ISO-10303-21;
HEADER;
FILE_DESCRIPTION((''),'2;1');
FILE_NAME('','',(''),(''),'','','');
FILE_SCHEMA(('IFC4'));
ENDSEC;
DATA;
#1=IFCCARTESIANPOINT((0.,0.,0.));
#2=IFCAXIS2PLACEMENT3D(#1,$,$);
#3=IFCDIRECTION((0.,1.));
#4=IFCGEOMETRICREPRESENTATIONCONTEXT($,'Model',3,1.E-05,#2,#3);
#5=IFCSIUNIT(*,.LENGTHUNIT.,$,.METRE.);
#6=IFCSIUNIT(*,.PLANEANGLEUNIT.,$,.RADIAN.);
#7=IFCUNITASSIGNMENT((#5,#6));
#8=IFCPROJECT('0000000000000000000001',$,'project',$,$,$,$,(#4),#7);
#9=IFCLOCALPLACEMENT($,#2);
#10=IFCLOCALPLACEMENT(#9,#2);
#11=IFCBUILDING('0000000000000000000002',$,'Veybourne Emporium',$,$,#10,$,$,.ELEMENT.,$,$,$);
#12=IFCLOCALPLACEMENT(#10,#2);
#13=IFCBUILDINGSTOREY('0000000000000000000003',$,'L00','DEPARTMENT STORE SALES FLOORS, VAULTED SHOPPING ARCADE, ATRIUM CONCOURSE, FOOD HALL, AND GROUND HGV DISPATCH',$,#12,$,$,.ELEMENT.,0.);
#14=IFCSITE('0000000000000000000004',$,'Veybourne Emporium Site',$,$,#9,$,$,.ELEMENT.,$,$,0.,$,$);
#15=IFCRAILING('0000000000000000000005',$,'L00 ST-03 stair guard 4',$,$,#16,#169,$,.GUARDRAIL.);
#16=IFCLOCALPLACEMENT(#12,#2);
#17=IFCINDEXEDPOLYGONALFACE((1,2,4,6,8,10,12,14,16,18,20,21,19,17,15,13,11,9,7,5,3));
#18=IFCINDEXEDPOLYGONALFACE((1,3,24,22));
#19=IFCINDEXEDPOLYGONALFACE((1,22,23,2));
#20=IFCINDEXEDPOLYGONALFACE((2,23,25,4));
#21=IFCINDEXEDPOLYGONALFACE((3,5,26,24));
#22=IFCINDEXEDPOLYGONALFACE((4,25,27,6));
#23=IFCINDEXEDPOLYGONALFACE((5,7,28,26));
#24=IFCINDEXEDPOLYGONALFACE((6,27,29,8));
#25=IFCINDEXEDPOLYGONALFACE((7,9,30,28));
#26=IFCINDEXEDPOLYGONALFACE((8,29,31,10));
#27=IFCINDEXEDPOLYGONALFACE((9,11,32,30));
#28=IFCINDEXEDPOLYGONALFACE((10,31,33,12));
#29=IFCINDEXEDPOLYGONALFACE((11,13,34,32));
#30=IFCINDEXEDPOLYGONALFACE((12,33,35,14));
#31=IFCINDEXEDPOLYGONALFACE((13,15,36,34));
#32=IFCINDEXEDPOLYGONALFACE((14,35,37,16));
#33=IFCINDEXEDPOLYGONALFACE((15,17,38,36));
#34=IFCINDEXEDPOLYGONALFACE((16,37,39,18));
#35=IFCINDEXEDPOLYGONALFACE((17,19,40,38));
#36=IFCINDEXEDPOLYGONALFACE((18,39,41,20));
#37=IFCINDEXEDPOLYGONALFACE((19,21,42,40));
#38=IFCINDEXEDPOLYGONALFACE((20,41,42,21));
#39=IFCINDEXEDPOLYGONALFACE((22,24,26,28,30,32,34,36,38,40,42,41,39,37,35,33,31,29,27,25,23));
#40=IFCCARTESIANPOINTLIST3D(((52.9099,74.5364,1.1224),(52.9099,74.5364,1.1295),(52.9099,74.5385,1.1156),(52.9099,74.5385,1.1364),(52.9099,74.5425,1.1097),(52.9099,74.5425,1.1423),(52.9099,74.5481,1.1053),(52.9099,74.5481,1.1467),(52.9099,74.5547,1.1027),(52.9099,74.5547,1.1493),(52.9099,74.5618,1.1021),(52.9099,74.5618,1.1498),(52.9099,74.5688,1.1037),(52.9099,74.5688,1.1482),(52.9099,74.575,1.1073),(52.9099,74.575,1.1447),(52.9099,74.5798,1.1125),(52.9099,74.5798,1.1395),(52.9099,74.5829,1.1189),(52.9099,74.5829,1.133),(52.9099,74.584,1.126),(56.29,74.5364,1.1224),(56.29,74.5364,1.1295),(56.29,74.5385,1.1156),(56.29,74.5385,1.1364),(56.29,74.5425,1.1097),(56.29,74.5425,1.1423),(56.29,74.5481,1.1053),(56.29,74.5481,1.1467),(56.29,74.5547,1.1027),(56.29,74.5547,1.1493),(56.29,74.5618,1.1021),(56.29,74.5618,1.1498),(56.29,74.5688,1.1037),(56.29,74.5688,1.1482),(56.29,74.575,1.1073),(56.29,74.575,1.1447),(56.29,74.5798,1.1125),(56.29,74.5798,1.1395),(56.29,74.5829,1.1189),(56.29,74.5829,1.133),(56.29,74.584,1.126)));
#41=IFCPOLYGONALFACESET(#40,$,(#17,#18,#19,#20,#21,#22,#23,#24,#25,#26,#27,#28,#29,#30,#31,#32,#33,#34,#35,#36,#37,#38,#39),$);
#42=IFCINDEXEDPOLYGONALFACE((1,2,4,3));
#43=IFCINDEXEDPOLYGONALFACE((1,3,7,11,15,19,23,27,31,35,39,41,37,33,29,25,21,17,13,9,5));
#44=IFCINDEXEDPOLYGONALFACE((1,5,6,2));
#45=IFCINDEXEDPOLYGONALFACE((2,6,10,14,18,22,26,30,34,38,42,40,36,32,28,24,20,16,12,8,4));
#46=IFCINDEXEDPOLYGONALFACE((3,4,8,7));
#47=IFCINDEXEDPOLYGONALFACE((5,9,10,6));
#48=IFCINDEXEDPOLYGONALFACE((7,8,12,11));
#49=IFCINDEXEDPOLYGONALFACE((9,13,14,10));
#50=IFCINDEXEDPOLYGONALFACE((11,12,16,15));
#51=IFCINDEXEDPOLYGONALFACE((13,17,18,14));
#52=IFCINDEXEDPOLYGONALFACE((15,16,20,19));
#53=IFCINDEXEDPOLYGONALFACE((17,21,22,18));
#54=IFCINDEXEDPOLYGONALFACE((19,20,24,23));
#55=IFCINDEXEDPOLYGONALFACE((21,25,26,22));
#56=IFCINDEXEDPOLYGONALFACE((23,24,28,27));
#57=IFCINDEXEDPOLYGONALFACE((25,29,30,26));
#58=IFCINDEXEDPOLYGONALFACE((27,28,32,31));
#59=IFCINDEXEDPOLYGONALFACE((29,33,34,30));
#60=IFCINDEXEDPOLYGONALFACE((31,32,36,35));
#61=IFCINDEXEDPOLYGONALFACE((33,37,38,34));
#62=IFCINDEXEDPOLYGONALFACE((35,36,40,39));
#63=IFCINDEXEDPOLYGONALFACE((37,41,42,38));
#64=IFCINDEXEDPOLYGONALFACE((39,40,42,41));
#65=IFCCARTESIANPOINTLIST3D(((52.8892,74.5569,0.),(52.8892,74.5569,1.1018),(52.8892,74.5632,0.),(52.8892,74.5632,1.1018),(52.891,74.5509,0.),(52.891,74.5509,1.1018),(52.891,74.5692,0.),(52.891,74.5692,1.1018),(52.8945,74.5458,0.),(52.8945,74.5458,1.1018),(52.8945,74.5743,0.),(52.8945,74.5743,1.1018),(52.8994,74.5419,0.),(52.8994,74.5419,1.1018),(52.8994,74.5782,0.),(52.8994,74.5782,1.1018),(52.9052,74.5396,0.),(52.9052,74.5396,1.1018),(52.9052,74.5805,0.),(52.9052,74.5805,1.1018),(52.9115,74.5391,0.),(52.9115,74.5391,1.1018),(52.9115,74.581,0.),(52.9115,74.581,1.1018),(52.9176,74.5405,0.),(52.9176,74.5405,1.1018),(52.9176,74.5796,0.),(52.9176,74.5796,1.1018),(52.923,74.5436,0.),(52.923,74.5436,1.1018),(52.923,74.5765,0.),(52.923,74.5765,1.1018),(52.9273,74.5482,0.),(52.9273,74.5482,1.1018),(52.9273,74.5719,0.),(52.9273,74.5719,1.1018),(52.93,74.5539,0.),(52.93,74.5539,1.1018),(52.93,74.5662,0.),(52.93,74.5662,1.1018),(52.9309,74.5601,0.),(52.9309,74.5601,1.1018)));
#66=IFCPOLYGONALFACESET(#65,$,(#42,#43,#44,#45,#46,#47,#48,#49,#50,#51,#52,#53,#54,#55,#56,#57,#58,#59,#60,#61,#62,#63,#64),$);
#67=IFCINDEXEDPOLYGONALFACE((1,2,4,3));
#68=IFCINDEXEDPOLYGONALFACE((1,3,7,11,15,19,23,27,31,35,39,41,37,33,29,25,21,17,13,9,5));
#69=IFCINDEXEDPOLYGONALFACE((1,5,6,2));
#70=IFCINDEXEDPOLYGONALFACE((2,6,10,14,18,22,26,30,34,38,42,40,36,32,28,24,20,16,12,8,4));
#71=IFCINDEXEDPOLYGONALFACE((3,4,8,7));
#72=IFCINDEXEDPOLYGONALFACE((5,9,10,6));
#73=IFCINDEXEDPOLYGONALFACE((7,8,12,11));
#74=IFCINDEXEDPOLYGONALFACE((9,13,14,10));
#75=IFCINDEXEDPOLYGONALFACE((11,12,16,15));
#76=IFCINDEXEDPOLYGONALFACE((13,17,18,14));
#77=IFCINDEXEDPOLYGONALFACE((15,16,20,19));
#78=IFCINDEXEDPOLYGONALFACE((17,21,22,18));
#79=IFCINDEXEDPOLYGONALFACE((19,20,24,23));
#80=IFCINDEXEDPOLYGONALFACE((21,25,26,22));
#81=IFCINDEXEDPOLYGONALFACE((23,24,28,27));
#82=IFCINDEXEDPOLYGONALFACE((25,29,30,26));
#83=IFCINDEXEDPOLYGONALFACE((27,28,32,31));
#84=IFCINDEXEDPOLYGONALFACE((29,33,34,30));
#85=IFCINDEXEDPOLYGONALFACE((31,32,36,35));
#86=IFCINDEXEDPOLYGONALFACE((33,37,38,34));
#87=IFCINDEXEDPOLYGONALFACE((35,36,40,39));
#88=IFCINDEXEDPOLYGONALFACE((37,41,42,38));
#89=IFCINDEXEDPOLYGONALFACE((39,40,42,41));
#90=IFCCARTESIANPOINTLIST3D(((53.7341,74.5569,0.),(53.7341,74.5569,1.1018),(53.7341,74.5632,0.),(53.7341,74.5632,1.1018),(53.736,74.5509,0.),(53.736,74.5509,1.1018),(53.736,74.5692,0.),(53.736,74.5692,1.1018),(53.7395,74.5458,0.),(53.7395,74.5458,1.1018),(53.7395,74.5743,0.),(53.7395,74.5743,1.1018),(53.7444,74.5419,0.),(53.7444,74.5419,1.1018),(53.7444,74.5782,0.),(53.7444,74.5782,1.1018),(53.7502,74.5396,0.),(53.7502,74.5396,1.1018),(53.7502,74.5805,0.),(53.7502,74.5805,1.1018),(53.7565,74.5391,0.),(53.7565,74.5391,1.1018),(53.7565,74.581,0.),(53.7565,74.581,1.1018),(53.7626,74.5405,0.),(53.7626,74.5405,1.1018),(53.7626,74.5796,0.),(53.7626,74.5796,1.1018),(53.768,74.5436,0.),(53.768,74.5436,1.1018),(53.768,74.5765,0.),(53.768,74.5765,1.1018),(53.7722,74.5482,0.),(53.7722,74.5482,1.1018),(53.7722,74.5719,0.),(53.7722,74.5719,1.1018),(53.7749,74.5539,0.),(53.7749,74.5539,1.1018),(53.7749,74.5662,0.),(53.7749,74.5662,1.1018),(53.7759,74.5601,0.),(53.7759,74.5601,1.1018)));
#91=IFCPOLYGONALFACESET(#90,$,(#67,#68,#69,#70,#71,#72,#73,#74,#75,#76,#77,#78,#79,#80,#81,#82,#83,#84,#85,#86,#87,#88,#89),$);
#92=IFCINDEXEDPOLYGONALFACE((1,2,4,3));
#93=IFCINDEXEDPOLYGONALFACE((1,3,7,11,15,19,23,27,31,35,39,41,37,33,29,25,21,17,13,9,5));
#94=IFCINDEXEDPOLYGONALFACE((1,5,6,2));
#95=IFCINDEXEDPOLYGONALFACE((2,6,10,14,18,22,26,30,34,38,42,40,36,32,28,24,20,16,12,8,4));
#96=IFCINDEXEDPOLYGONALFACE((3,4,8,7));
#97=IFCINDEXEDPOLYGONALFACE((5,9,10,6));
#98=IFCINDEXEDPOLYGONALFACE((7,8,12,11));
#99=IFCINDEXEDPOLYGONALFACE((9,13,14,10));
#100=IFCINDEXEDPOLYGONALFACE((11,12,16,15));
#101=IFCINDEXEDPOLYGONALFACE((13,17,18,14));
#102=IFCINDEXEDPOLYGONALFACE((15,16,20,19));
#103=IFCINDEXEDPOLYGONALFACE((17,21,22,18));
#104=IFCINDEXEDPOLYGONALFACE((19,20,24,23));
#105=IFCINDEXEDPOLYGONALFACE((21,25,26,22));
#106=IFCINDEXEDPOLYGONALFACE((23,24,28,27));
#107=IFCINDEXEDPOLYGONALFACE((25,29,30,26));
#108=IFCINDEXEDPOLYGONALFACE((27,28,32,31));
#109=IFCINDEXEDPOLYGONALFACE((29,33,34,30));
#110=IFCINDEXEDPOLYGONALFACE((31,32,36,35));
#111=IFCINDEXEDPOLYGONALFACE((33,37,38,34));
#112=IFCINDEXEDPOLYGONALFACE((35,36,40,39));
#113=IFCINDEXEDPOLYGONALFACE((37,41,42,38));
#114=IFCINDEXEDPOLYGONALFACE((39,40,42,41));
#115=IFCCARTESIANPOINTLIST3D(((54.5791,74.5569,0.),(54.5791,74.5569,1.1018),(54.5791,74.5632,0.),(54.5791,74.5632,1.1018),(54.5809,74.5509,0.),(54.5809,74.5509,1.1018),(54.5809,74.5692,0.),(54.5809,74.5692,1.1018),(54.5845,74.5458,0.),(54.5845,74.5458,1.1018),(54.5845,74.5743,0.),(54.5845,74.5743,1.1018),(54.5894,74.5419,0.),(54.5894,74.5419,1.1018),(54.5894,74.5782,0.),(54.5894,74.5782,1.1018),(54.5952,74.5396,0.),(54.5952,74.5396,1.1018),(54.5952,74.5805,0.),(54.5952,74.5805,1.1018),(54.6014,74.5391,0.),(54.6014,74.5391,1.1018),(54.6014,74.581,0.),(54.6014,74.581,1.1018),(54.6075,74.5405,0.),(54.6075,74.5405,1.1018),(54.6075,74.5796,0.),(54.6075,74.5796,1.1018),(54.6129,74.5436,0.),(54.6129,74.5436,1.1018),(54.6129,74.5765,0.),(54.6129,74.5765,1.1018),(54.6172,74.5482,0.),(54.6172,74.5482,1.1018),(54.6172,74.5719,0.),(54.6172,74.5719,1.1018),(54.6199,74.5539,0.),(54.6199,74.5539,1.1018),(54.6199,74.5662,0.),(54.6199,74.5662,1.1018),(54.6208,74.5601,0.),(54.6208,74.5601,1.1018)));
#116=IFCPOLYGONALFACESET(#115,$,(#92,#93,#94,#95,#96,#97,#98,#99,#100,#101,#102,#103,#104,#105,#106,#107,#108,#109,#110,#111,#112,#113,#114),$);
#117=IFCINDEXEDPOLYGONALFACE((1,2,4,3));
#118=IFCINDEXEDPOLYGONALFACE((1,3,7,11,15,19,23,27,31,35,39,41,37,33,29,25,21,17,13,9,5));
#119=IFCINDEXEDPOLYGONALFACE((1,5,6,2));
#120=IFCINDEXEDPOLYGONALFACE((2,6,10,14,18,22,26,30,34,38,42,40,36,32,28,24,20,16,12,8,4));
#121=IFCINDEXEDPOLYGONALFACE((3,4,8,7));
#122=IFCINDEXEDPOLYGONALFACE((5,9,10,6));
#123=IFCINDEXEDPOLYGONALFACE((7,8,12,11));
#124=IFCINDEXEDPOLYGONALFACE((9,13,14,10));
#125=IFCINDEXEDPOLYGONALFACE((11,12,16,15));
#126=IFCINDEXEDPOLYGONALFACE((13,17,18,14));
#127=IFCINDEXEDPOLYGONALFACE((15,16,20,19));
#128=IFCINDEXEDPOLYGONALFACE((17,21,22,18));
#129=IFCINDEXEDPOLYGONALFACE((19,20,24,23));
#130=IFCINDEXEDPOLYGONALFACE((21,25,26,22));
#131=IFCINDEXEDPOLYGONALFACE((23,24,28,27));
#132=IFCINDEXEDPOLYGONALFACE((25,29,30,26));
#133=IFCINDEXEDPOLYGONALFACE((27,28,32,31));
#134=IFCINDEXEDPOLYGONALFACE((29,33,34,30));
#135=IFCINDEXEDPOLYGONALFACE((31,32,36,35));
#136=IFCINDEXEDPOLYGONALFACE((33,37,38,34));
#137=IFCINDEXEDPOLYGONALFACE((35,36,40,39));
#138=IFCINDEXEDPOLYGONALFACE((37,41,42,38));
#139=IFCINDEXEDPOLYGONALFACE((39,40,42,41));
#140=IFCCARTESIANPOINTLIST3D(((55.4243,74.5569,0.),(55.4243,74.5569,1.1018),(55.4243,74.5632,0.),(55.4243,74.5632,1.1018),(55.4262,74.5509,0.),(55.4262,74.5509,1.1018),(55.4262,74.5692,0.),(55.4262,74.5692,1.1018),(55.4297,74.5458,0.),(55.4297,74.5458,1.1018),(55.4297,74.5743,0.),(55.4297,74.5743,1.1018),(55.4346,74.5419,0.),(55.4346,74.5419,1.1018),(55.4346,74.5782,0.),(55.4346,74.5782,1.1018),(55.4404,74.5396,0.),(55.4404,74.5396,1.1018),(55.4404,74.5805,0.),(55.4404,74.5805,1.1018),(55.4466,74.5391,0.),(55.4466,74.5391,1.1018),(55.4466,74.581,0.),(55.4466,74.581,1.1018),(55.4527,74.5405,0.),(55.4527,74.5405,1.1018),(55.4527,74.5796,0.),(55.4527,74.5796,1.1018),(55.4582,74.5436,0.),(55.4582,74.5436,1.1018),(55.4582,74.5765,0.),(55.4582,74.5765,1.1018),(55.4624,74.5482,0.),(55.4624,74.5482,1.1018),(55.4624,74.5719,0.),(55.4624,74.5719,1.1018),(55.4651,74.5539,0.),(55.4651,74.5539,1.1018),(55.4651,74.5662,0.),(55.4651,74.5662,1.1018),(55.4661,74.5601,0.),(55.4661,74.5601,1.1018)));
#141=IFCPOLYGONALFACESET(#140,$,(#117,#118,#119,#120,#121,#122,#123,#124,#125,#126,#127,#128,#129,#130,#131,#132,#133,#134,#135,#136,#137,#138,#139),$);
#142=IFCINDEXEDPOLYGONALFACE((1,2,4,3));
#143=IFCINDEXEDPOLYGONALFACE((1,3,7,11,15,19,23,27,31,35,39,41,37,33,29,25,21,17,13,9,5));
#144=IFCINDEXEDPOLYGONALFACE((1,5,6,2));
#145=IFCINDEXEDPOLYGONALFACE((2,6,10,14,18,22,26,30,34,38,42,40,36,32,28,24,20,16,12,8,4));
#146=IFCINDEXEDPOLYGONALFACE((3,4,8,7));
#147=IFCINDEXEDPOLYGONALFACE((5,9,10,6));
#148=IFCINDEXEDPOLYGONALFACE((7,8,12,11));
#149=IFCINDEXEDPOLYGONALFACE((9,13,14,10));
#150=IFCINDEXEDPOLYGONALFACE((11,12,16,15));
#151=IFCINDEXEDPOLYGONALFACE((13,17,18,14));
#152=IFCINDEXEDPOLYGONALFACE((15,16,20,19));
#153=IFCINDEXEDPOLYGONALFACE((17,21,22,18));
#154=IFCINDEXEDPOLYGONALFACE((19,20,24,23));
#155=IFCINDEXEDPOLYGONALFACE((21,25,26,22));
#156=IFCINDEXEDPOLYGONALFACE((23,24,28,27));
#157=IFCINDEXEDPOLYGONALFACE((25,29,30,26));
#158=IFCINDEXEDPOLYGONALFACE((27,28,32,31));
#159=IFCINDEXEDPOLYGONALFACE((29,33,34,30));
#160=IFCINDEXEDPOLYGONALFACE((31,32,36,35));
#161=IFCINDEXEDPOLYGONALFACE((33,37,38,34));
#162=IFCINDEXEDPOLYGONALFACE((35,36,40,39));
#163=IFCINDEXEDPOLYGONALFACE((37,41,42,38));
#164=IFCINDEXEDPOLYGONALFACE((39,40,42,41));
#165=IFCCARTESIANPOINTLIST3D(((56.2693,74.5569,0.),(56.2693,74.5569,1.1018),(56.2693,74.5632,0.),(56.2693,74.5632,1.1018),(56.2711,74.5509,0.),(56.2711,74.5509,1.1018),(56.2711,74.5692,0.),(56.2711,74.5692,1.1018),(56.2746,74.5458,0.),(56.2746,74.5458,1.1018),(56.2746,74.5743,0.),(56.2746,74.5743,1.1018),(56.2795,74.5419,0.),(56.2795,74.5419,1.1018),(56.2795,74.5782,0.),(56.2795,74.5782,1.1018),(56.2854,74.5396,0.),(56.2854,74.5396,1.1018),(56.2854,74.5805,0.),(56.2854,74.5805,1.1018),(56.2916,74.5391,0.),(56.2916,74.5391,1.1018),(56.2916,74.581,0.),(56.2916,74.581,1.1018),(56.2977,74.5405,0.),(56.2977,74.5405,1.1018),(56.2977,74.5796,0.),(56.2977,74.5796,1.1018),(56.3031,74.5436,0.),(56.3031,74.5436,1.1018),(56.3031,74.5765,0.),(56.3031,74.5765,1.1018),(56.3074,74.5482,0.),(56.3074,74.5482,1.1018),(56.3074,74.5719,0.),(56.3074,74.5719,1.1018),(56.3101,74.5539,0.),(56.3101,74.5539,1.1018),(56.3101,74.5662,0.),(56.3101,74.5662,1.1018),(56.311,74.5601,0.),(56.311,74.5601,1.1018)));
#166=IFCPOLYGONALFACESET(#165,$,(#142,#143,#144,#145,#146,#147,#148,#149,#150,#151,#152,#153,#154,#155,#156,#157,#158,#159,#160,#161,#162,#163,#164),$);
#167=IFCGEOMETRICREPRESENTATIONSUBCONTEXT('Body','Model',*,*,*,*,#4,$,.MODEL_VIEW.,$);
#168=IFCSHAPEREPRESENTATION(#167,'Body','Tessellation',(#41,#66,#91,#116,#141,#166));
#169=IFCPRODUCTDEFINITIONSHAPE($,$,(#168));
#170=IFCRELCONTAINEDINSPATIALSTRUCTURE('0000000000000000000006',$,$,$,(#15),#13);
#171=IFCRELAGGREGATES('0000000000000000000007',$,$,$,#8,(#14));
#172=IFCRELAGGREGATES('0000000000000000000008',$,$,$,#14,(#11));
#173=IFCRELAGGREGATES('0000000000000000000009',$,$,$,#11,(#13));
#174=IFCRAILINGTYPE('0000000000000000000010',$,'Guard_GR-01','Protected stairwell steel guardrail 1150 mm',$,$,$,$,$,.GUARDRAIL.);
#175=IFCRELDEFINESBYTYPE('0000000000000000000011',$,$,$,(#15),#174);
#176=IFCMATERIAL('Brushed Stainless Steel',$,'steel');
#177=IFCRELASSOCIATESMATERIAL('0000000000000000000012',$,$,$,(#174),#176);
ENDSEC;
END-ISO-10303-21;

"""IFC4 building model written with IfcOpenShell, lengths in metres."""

from ifc_helpers import new_model, si_unit, direction, frame, origin, origin_2d, place, context, subcontext, project, spatial, circle, extrude, material, type_object, element, save


model = new_model("IFC4")

# Units and contexts
model_context = context("Model", 3, precision=1e-05, world=origin(), true_north=direction((0.0, 1.0)))
body_context = subcontext(model_context, "Body", "Model", "MODEL_VIEW")
ifc_project = project(units=[si_unit("LENGTHUNIT", "METRE"), si_unit("PLANEANGLEUNIT", "RADIAN")], contexts=[model_context])

# Site, building, storey
site_placement = place(None, origin())
site = spatial("IfcSite", under=ifc_project, at=site_placement, Name="Veybourne Emporium Site", CompositionType="ELEMENT", RefElevation=0.0)
building_placement = place(site_placement, origin())
building = spatial("IfcBuilding", under=site, at=building_placement, Name="Veybourne Emporium", CompositionType="ELEMENT")
storey_placement = place(building_placement, origin())
storey = spatial("IfcBuildingStorey", under=building, at=storey_placement, Name="L00", Description="DEPARTMENT STORE SALES FLOORS, VAULTED SHOPPING ARCADE, ATRIUM CONCOURSE, FOOD HALL, AND GROUND HGV DISPATCH", CompositionType="ELEMENT", Elevation=0.0)

# Railing
ifc_material_1 = material(Name="Brushed Stainless Steel", Category="steel")
railing_type_1 = type_object("IfcRailingType", Name="Guard_GR-01", Description="Protected stairwell steel guardrail 1150 mm", PredefinedType="GUARDRAIL", material=ifc_material_1)
railing_1_placement = place(storey_placement, frame((52.9099, 74.5601, 0.0)))
element("IfcRailing", 1, at=railing_1_placement, inside=storey, type_object=railing_type_1, Name="L00 ST-03 stair guard 4", PredefinedType="GUARDRAIL", context=body_context, shape_type="SweptSolid", body=[
    extrude(circle(Radius=0.0239, at=origin_2d()), frame((0.0, 0.0, 1.126), z_axis=(1.0, 0.0, 0.0), x_axis=(0.0, 1.0, 0.0)), (0.0, 0.0, 1.0), 3.3801),
    extrude(circle(Radius=0.021, at=origin_2d()), origin(), (0.0, 0.0, 1.0), 1.1018),
    extrude(circle(Radius=0.021, at=origin_2d()), frame((0.845, 0.0, 0.0)), (0.0, 0.0, 1.0), 1.1018),
    extrude(circle(Radius=0.021, at=origin_2d()), frame((1.6899, 0.0, 0.0)), (0.0, 0.0, 1.0), 1.1018),
    extrude(circle(Radius=0.021, at=origin_2d()), frame((2.5352, 0.0, 0.0)), (0.0, 0.0, 1.0), 1.1018),
    extrude(circle(Radius=0.021, at=origin_2d()), frame((3.3801, 0.0, 0.0)), (0.0, 0.0, 1.0), 1.1018),
])

save(model, "model.ifc")
